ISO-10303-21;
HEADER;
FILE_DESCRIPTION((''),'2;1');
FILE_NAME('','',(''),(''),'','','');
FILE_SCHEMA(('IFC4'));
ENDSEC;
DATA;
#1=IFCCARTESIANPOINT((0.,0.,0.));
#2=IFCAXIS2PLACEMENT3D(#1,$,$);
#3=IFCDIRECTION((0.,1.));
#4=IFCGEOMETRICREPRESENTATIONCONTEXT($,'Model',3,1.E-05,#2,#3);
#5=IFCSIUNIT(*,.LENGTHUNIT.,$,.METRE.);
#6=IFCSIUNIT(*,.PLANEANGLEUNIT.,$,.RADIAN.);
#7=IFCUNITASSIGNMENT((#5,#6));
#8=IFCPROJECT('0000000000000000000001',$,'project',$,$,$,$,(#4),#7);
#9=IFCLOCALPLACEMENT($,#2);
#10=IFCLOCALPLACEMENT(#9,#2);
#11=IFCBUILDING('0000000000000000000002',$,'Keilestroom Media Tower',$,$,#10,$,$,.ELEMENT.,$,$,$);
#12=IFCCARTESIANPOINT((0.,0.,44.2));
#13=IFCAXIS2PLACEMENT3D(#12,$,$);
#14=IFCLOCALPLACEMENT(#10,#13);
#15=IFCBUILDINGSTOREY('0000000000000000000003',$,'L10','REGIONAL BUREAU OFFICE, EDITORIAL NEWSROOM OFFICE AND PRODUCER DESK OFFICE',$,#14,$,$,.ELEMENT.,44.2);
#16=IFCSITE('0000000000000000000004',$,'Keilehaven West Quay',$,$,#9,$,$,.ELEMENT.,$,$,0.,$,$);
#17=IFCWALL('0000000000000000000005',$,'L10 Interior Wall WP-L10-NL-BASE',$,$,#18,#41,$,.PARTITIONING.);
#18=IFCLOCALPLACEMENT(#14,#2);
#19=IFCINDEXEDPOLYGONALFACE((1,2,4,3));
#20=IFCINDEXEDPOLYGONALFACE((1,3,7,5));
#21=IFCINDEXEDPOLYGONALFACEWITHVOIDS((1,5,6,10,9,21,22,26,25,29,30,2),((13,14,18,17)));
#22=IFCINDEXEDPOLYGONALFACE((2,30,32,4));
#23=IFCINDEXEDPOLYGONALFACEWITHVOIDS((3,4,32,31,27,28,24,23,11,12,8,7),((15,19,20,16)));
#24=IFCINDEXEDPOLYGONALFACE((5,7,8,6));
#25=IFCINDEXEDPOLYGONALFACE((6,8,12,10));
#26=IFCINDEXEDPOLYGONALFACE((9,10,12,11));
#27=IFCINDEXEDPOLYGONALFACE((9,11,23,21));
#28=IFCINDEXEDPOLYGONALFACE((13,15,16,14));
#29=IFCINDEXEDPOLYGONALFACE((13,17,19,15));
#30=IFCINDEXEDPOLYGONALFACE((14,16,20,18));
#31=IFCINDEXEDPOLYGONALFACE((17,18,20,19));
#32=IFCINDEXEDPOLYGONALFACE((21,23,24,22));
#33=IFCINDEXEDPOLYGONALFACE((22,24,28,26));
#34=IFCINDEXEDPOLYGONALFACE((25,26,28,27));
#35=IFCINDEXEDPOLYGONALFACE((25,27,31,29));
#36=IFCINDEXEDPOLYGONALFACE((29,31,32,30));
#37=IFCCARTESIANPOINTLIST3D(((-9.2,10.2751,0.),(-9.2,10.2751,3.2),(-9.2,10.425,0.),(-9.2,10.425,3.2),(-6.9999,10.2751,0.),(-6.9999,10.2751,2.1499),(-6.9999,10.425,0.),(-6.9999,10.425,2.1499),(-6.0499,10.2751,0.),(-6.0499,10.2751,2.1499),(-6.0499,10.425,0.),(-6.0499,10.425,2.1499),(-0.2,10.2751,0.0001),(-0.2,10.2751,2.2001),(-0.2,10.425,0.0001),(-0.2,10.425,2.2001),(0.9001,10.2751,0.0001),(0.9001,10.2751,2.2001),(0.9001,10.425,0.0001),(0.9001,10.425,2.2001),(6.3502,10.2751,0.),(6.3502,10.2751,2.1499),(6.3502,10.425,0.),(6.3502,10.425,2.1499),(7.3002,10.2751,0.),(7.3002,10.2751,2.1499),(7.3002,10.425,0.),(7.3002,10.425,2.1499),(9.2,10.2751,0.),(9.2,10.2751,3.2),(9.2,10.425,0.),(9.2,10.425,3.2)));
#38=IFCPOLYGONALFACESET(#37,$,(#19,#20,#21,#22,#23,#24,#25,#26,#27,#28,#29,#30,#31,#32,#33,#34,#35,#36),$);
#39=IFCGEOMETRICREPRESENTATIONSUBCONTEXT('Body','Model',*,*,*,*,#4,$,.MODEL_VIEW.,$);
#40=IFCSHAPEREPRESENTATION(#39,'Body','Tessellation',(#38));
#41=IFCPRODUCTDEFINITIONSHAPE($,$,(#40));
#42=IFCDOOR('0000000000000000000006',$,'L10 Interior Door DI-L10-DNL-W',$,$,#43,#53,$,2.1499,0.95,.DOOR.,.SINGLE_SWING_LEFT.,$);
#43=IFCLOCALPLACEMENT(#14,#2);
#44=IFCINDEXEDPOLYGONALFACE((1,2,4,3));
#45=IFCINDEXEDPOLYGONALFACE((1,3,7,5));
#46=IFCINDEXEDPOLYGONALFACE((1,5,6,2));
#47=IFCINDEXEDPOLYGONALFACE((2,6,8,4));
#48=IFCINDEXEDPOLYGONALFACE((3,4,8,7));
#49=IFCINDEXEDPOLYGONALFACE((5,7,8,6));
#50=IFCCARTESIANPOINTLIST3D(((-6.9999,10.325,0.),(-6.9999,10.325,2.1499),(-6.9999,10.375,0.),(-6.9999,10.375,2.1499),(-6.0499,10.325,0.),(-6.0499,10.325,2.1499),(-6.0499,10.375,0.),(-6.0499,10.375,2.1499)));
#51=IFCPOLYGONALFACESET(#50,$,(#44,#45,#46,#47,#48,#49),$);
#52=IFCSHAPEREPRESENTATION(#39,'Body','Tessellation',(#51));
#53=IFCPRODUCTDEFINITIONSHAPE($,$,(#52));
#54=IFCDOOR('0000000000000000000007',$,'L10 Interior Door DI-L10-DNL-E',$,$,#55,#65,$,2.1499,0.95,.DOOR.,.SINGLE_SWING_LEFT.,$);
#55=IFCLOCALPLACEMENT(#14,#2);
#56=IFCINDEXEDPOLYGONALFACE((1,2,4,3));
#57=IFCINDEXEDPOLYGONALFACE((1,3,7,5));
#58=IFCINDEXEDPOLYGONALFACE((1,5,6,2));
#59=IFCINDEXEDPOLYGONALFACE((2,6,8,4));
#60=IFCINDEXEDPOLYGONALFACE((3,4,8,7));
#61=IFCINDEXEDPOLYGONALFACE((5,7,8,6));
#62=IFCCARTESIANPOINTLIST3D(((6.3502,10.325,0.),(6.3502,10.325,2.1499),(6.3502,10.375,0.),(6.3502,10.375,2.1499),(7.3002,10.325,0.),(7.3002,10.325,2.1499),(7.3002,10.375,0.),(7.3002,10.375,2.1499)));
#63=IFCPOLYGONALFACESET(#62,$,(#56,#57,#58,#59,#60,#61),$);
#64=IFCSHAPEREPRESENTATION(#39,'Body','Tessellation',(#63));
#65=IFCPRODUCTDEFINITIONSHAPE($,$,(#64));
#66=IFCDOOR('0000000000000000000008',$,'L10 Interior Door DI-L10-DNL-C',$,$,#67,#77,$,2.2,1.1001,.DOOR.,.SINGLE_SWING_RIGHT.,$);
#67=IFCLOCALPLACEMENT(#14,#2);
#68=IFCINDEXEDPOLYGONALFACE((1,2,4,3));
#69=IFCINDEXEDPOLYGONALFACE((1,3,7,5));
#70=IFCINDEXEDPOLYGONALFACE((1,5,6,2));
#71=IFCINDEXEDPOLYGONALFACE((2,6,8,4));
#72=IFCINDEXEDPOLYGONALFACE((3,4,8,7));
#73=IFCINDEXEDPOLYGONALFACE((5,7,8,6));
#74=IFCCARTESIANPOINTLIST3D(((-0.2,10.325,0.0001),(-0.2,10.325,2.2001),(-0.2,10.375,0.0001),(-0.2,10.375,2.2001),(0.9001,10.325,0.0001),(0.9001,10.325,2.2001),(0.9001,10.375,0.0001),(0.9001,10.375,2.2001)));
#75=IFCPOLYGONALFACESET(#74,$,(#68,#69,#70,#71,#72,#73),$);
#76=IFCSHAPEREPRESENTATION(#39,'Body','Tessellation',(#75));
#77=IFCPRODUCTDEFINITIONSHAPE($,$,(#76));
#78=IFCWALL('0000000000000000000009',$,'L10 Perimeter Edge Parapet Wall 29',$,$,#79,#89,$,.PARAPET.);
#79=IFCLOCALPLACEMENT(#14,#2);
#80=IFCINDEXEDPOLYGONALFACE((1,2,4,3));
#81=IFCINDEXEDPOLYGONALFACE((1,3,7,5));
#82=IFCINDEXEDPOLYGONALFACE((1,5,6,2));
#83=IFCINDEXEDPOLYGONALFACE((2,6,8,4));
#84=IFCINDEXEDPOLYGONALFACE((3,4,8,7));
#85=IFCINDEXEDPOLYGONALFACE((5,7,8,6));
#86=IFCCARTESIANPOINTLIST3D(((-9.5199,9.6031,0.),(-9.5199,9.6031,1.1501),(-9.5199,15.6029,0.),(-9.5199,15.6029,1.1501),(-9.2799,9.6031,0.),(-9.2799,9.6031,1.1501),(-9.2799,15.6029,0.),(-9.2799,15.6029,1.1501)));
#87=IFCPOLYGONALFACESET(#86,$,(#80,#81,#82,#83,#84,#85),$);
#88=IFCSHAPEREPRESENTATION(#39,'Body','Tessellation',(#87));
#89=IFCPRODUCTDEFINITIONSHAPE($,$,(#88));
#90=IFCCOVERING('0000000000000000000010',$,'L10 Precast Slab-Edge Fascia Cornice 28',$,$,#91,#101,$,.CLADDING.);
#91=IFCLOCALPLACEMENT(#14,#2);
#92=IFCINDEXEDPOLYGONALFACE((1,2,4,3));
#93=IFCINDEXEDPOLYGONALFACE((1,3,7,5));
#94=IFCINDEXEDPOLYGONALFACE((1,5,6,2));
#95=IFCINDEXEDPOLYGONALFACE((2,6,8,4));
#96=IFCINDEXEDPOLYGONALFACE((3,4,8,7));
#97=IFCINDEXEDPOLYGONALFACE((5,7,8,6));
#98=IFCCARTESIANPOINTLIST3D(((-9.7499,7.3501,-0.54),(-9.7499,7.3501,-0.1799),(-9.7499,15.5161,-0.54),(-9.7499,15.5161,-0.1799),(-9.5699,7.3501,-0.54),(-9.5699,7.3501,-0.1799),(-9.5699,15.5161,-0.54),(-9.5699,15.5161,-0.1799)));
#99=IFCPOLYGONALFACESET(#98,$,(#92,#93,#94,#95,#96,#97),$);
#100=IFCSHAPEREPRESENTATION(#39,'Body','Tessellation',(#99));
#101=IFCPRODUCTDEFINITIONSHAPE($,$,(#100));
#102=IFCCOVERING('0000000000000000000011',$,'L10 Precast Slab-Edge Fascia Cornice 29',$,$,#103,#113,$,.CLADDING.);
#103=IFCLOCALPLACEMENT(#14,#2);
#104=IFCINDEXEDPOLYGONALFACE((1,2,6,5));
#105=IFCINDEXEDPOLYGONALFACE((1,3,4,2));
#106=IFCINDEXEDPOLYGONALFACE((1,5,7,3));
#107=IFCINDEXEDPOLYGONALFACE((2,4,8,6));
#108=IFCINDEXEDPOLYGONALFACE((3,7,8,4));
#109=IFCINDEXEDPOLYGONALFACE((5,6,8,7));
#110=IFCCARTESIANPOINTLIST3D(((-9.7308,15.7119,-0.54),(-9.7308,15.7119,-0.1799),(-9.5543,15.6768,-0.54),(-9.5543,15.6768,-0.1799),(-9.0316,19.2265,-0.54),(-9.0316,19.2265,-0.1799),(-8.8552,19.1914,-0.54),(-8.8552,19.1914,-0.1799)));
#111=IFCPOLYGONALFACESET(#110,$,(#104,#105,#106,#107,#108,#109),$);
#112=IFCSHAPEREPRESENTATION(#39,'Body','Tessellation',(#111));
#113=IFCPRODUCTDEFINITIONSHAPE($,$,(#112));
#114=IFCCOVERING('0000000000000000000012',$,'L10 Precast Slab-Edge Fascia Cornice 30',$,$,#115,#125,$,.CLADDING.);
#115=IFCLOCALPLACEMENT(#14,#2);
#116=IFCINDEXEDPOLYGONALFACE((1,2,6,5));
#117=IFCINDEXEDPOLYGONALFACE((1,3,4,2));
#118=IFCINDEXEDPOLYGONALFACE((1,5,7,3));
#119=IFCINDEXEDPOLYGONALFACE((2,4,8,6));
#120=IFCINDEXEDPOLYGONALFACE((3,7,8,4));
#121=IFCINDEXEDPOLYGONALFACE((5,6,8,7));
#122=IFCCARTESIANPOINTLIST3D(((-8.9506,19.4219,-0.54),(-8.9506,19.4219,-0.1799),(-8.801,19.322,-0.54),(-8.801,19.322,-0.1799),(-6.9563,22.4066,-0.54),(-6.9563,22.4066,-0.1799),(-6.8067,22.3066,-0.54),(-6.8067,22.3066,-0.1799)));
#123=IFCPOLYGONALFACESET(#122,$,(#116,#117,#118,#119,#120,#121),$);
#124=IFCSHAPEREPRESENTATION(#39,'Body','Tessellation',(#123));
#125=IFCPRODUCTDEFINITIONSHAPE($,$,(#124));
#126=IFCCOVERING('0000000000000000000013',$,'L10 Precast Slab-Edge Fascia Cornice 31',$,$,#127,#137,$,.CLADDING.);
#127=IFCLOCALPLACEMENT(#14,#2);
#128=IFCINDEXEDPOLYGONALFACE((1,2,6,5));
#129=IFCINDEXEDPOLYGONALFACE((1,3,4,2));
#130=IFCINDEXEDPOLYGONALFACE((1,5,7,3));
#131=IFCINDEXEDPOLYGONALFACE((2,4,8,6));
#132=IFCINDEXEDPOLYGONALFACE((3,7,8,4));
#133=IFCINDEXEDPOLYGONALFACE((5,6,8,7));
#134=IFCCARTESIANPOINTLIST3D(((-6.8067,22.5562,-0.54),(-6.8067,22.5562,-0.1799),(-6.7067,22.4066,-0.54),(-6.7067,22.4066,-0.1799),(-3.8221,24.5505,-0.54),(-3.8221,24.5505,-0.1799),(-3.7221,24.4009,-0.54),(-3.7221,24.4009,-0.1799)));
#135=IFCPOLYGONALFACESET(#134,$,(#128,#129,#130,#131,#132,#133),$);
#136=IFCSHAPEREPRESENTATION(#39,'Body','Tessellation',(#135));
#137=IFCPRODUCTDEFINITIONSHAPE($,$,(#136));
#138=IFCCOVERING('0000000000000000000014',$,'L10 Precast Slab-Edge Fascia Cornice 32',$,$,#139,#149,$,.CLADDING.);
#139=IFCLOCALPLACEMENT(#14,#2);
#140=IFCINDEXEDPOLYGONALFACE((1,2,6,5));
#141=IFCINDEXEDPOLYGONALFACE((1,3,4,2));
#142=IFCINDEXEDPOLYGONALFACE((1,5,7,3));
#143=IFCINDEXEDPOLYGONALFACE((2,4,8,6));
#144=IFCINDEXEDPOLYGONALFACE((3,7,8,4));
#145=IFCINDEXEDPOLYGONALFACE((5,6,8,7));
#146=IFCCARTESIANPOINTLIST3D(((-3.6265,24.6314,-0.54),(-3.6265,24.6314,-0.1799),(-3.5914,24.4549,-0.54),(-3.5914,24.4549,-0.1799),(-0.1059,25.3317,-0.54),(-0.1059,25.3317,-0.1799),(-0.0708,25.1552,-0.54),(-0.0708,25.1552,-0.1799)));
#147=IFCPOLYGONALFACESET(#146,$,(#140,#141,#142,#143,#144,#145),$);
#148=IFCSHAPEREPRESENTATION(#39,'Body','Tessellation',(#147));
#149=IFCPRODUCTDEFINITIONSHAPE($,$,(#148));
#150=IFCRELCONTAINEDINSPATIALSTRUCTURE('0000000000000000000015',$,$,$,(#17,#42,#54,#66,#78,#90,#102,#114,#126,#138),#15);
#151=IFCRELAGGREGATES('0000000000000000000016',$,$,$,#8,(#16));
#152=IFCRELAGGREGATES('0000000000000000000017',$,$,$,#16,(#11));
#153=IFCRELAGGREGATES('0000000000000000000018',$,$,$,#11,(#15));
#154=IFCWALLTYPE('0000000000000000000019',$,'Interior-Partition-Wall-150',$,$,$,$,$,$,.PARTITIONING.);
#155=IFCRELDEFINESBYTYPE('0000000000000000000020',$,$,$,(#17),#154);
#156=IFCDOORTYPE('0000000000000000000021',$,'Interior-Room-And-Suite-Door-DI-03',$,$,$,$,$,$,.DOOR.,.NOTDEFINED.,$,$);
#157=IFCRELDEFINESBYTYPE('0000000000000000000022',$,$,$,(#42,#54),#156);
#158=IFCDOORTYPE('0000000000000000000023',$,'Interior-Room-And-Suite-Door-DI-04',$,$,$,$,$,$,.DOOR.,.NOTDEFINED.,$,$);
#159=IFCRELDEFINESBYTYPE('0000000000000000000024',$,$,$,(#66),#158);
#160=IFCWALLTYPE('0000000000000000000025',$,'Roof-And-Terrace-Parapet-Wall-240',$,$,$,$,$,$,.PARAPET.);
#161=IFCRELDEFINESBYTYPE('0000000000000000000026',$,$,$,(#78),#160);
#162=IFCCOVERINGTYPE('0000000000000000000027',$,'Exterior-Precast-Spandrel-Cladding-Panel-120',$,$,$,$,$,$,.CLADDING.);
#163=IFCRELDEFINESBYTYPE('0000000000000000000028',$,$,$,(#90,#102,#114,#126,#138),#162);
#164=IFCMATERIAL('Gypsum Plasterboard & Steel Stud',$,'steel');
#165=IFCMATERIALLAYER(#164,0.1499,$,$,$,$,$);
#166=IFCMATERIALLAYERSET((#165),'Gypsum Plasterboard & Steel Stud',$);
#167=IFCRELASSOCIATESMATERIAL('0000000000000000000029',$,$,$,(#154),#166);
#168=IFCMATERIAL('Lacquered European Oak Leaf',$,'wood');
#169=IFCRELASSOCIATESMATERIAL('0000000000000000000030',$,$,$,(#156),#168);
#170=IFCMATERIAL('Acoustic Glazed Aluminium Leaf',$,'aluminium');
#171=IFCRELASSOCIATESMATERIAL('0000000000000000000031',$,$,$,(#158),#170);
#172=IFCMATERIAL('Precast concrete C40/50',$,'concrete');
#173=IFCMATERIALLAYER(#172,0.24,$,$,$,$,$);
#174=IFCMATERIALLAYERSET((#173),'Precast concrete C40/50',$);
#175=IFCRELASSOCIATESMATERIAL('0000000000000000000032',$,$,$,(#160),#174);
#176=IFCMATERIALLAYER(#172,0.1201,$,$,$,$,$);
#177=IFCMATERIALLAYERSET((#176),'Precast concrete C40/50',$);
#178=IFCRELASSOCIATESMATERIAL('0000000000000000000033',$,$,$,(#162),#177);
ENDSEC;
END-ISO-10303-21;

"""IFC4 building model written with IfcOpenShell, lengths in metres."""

from ifc_helpers import new_model, si_unit, direction, frame, frame_2d, origin, origin_2d, place, context, subcontext, project, spatial, rectangle, extrude, source, transform, mapped, material, layer, layer_set, type_object, element, fill, save


model = new_model("IFC4")

# Units and contexts
model_context = context("Model", 3, precision=1e-05, world=origin(), true_north=direction((0.0, 1.0)))
body_context = subcontext(model_context, "Body", "Model", "MODEL_VIEW")
ifc_project = project(units=[si_unit("LENGTHUNIT", "METRE"), si_unit("PLANEANGLEUNIT", "RADIAN")], contexts=[model_context])

# Site, building, storey
site_placement = place(None, origin())
site = spatial("IfcSite", under=ifc_project, at=site_placement, Name="Keilehaven West Quay", CompositionType="ELEMENT", RefElevation=0.0)
building_placement = place(site_placement, origin())
building = spatial("IfcBuilding", under=site, at=building_placement, Name="Keilestroom Media Tower", CompositionType="ELEMENT")
storey_placement = place(building_placement, frame((0.0, 0.0, 44.2)))
storey = spatial("IfcBuildingStorey", under=building, at=storey_placement, Name="L10", Description="REGIONAL BUREAU OFFICE, EDITORIAL NEWSROOM OFFICE AND PRODUCER DESK OFFICE", CompositionType="ELEMENT", Elevation=44.2)

# Shared definitions
ifc_material_1 = material(Name="Precast concrete C40/50", Category="concrete")
ifc_material_2 = material(Name="Gypsum Plasterboard & Steel Stud", Category="steel")

# Wall, openings, doors
ifc_layer_1 = layer(ifc_material_2, 0.1499)
ifc_layer_set_1 = layer_set([ifc_layer_1], Name="Gypsum Plasterboard & Steel Stud")
wall_type_1 = type_object("IfcWallType", Name="Interior-Partition-Wall-150", PredefinedType="PARTITIONING", material=ifc_layer_set_1)
wall_1_placement = place(storey_placement, frame((-9.2, 10.3501, 0.0), z_axis=(0.0, 0.0, 1.0), x_axis=(1.0, 0.0, 0.0)))
wall_1 = element("IfcWall", 1, at=wall_1_placement, inside=storey, type_object=wall_type_1, Name="L10 Interior Wall WP-L10-NL-BASE", PredefinedType="PARTITIONING", context=body_context, shape_type="SweptSolid", body=[
    extrude(rectangle(XDim=18.3999, YDim=0.1499, at=frame_2d((9.2, 0.0))), origin(), (0.0, 0.0, 1.0), 3.2),
])
opening_1_placement = place(wall_1_placement, frame((2.2, 0.0, 0.0)))
opening_1 = element("IfcOpeningElement", 2, at=opening_1_placement, cuts=wall_1, PredefinedType="OPENING", context=body_context, shape_type="SweptSolid", body=[
    extrude(rectangle(XDim=0.95, YDim=2.1499, at=frame_2d((0.4751, 1.075))), frame((0.0, 0.085, 0.0), z_axis=(0.0, -1.0, 0.0), x_axis=(1.0, 0.0, 0.0)), (0.0, 0.0, 1.0), 0.1699),
])
opening_2_placement = place(wall_1_placement, frame((9.0, 0.0, 0.0)))
opening_2 = element("IfcOpeningElement", 3, at=opening_2_placement, cuts=wall_1, PredefinedType="OPENING", context=body_context, shape_type="SweptSolid", body=[
    extrude(rectangle(XDim=1.1001, YDim=2.2, at=frame_2d((0.55, 1.1001))), frame((0.0, 0.085, 0.0), z_axis=(0.0, -1.0, 0.0), x_axis=(1.0, 0.0, 0.0)), (0.0, 0.0, 1.0), 0.1699),
])
opening_3_placement = place(wall_1_placement, frame((15.55, 0.0, 0.0)))
opening_3 = element("IfcOpeningElement", 4, at=opening_3_placement, cuts=wall_1, PredefinedType="OPENING", context=body_context, shape_type="SweptSolid", body=[
    extrude(rectangle(XDim=0.95, YDim=2.1499, at=frame_2d((0.4751, 1.075))), frame((0.0, 0.085, 0.0), z_axis=(0.0, -1.0, 0.0), x_axis=(1.0, 0.0, 0.0)), (0.0, 0.0, 1.0), 0.1699),
])
ifc_material_3 = material(Name="Lacquered European Oak Leaf", Category="wood")
door_type_1 = type_object("IfcDoorType", Name="Interior-Room-And-Suite-Door-DI-03", OperationType="NOTDEFINED", PredefinedType="DOOR", material=ifc_material_3)
shared_shape_1 = source(origin(), body_context, "Body", "SweptSolid", [
    extrude(rectangle(XDim=0.95, YDim=2.1499, at=frame_2d((0.4751, 1.075))), frame((0.0, 0.0249, 0.0), z_axis=(0.0, -1.0, 0.0), x_axis=(1.0, 0.0, 0.0)), (0.0, 0.0, 1.0), 0.05),
])
door_1_placement = place(opening_1_placement, origin())
door_1 = element("IfcDoor", 5, at=door_1_placement, inside=storey, type_object=door_type_1, Name="L10 Interior Door DI-L10-DNL-W", OperationType="SINGLE_SWING_LEFT", OverallHeight=2.1499, OverallWidth=0.95, PredefinedType="DOOR", context=body_context, shape_type="MappedRepresentation", body=[
    mapped(shared_shape_1, transform((0.0, 0.0, 0.0), x_axis=(1.0, 0.0, 0.0), y_axis=(0.0, 1.0, 0.0), z_axis=(0.0, 0.0, 1.0), scale=1.0)),
])
fill(opening_1, door_1)
door_2_placement = place(opening_3_placement, origin())
door_2 = element("IfcDoor", 6, at=door_2_placement, inside=storey, type_object=door_type_1, Name="L10 Interior Door DI-L10-DNL-E", OperationType="SINGLE_SWING_LEFT", OverallHeight=2.1499, OverallWidth=0.95, PredefinedType="DOOR", context=body_context, shape_type="MappedRepresentation", body=[
    mapped(shared_shape_1, transform((0.0, 0.0, 0.0), x_axis=(1.0, 0.0, 0.0), y_axis=(0.0, 1.0, 0.0), z_axis=(0.0, 0.0, 1.0), scale=1.0)),
])
fill(opening_3, door_2)
ifc_material_4 = material(Name="Acoustic Glazed Aluminium Leaf", Category="aluminium")
door_type_2 = type_object("IfcDoorType", Name="Interior-Room-And-Suite-Door-DI-04", OperationType="NOTDEFINED", PredefinedType="DOOR", material=ifc_material_4)
shared_shape_2 = source(origin(), body_context, "Body", "SweptSolid", [
    extrude(rectangle(XDim=1.1001, YDim=2.2, at=frame_2d((0.55, 1.1001))), frame((0.0, 0.0249, 0.0), z_axis=(0.0, -1.0, 0.0), x_axis=(1.0, 0.0, 0.0)), (0.0, 0.0, 1.0), 0.05),
])
door_3_placement = place(opening_2_placement, origin())
door_3 = element("IfcDoor", 7, at=door_3_placement, inside=storey, type_object=door_type_2, Name="L10 Interior Door DI-L10-DNL-C", OperationType="SINGLE_SWING_RIGHT", OverallHeight=2.2, OverallWidth=1.1001, PredefinedType="DOOR", context=body_context, shape_type="MappedRepresentation", body=[
    mapped(shared_shape_2, transform((0.0, 0.0, 0.0), x_axis=(1.0, 0.0, 0.0), y_axis=(0.0, 1.0, 0.0), z_axis=(0.0, 0.0, 1.0), scale=1.0)),
])
fill(opening_2, door_3)

# Wall
ifc_layer_2 = layer(ifc_material_1, 0.24)
ifc_layer_set_2 = layer_set([ifc_layer_2], Name="Precast concrete C40/50")
wall_type_2 = type_object("IfcWallType", Name="Roof-And-Terrace-Parapet-Wall-240", PredefinedType="PARAPET", material=ifc_layer_set_2)
wall_2_placement = place(storey_placement, frame((-9.3999, 9.603, 0.0), z_axis=(0.0, 0.0, 1.0), x_axis=(0.0, 1.0, 0.0)))
element("IfcWall", 8, at=wall_2_placement, inside=storey, type_object=wall_type_2, Name="L10 Perimeter Edge Parapet Wall 29", PredefinedType="PARAPET", context=body_context, shape_type="SweptSolid", body=[
    extrude(rectangle(XDim=5.9998, YDim=0.24, at=frame_2d((3.0, 0.0))), origin(), (0.0, 0.0, 1.0), 1.1501),
])

# Coverings
ifc_layer_3 = layer(ifc_material_1, 0.1201)
ifc_layer_set_3 = layer_set([ifc_layer_3], Name="Precast concrete C40/50")
covering_type = type_object("IfcCoveringType", Name="Exterior-Precast-Spandrel-Cladding-Panel-120", PredefinedType="CLADDING", material=ifc_layer_set_3)
shared_shape_3 = source(origin(), body_context, "Body", "SweptSolid", [
    extrude(rectangle(XDim=8.166, YDim=0.1799, at=origin_2d()), origin(), (0.0, 0.0, 1.0), 0.3601),
])
covering_1_placement = place(storey_placement, frame((-9.6599, 11.4331, -0.54), z_axis=(0.0, 0.0, 1.0), x_axis=(0.0, 1.0, 0.0)))
element("IfcCovering", 9, at=covering_1_placement, inside=storey, type_object=covering_type, Name="L10 Precast Slab-Edge Fascia Cornice 28", PredefinedType="CLADDING", context=body_context, shape_type="MappedRepresentation", body=[
    mapped(shared_shape_3, transform((0.0, 0.0, 0.0), x_axis=(1.0, 0.0, 0.0), y_axis=(0.0, 1.0, 0.0), z_axis=(0.0, 0.0, 1.0), scale=1.0)),
])
shared_shape_4 = source(origin(), body_context, "Body", "SweptSolid", [
    extrude(rectangle(XDim=3.5835, YDim=0.1799, at=origin_2d()), origin(), (0.0, 0.0, 1.0), 0.3601),
])
covering_2_placement = place(storey_placement, frame((-9.293, 17.4517, -0.54), z_axis=(0.0, 0.0, 1.0), x_axis=(0.195099, 0.980784, 0.0)))
element("IfcCovering", 10, at=covering_2_placement, inside=storey, type_object=covering_type, Name="L10 Precast Slab-Edge Fascia Cornice 29", PredefinedType="CLADDING", context=body_context, shape_type="MappedRepresentation", body=[
    mapped(shared_shape_4, transform((0.0, 0.0, 0.0), x_axis=(1.0, 0.0, 0.0), y_axis=(0.0, 1.0, 0.0), z_axis=(0.0, 0.0, 1.0), scale=1.0)),
])
shared_shape_5 = source(origin(), body_context, "Body", "SweptSolid", [
    extrude(rectangle(XDim=3.5896, YDim=0.1799, at=origin_2d()), origin(), (0.0, 0.0, 1.0), 0.3601),
])
for number, where, z_axis, x_axis, name in (
    (11, (-7.8787, 20.8643, -0.54), (0.0, 0.0, 1.0), (0.555575, 0.831467, 0.0), "L10 Precast Slab-Edge Fascia Cornice 30"),
    (12, (-5.2644, 23.4785, -0.54), (0.0, 0.0, 1.0), (0.831467, 0.555575, 0.0), "L10 Precast Slab-Edge Fascia Cornice 31"),
    (13, (-1.8486, 24.8933, -0.54), (0.0, 0.0, 1.0), (0.980784, 0.195099, 0.0), "L10 Precast Slab-Edge Fascia Cornice 32"),
):
    element("IfcCovering", number, at=place(storey_placement, frame(where, z_axis=z_axis, x_axis=x_axis)), inside=storey, type_object=covering_type, Name=name, PredefinedType="CLADDING", context=body_context, shape_type="MappedRepresentation", body=[
        mapped(shared_shape_5, transform((0.0, 0.0, 0.0), x_axis=(1.0, 0.0, 0.0), y_axis=(0.0, 1.0, 0.0), z_axis=(0.0, 0.0, 1.0), scale=1.0)),
    ])

save(model, "model.ifc")
